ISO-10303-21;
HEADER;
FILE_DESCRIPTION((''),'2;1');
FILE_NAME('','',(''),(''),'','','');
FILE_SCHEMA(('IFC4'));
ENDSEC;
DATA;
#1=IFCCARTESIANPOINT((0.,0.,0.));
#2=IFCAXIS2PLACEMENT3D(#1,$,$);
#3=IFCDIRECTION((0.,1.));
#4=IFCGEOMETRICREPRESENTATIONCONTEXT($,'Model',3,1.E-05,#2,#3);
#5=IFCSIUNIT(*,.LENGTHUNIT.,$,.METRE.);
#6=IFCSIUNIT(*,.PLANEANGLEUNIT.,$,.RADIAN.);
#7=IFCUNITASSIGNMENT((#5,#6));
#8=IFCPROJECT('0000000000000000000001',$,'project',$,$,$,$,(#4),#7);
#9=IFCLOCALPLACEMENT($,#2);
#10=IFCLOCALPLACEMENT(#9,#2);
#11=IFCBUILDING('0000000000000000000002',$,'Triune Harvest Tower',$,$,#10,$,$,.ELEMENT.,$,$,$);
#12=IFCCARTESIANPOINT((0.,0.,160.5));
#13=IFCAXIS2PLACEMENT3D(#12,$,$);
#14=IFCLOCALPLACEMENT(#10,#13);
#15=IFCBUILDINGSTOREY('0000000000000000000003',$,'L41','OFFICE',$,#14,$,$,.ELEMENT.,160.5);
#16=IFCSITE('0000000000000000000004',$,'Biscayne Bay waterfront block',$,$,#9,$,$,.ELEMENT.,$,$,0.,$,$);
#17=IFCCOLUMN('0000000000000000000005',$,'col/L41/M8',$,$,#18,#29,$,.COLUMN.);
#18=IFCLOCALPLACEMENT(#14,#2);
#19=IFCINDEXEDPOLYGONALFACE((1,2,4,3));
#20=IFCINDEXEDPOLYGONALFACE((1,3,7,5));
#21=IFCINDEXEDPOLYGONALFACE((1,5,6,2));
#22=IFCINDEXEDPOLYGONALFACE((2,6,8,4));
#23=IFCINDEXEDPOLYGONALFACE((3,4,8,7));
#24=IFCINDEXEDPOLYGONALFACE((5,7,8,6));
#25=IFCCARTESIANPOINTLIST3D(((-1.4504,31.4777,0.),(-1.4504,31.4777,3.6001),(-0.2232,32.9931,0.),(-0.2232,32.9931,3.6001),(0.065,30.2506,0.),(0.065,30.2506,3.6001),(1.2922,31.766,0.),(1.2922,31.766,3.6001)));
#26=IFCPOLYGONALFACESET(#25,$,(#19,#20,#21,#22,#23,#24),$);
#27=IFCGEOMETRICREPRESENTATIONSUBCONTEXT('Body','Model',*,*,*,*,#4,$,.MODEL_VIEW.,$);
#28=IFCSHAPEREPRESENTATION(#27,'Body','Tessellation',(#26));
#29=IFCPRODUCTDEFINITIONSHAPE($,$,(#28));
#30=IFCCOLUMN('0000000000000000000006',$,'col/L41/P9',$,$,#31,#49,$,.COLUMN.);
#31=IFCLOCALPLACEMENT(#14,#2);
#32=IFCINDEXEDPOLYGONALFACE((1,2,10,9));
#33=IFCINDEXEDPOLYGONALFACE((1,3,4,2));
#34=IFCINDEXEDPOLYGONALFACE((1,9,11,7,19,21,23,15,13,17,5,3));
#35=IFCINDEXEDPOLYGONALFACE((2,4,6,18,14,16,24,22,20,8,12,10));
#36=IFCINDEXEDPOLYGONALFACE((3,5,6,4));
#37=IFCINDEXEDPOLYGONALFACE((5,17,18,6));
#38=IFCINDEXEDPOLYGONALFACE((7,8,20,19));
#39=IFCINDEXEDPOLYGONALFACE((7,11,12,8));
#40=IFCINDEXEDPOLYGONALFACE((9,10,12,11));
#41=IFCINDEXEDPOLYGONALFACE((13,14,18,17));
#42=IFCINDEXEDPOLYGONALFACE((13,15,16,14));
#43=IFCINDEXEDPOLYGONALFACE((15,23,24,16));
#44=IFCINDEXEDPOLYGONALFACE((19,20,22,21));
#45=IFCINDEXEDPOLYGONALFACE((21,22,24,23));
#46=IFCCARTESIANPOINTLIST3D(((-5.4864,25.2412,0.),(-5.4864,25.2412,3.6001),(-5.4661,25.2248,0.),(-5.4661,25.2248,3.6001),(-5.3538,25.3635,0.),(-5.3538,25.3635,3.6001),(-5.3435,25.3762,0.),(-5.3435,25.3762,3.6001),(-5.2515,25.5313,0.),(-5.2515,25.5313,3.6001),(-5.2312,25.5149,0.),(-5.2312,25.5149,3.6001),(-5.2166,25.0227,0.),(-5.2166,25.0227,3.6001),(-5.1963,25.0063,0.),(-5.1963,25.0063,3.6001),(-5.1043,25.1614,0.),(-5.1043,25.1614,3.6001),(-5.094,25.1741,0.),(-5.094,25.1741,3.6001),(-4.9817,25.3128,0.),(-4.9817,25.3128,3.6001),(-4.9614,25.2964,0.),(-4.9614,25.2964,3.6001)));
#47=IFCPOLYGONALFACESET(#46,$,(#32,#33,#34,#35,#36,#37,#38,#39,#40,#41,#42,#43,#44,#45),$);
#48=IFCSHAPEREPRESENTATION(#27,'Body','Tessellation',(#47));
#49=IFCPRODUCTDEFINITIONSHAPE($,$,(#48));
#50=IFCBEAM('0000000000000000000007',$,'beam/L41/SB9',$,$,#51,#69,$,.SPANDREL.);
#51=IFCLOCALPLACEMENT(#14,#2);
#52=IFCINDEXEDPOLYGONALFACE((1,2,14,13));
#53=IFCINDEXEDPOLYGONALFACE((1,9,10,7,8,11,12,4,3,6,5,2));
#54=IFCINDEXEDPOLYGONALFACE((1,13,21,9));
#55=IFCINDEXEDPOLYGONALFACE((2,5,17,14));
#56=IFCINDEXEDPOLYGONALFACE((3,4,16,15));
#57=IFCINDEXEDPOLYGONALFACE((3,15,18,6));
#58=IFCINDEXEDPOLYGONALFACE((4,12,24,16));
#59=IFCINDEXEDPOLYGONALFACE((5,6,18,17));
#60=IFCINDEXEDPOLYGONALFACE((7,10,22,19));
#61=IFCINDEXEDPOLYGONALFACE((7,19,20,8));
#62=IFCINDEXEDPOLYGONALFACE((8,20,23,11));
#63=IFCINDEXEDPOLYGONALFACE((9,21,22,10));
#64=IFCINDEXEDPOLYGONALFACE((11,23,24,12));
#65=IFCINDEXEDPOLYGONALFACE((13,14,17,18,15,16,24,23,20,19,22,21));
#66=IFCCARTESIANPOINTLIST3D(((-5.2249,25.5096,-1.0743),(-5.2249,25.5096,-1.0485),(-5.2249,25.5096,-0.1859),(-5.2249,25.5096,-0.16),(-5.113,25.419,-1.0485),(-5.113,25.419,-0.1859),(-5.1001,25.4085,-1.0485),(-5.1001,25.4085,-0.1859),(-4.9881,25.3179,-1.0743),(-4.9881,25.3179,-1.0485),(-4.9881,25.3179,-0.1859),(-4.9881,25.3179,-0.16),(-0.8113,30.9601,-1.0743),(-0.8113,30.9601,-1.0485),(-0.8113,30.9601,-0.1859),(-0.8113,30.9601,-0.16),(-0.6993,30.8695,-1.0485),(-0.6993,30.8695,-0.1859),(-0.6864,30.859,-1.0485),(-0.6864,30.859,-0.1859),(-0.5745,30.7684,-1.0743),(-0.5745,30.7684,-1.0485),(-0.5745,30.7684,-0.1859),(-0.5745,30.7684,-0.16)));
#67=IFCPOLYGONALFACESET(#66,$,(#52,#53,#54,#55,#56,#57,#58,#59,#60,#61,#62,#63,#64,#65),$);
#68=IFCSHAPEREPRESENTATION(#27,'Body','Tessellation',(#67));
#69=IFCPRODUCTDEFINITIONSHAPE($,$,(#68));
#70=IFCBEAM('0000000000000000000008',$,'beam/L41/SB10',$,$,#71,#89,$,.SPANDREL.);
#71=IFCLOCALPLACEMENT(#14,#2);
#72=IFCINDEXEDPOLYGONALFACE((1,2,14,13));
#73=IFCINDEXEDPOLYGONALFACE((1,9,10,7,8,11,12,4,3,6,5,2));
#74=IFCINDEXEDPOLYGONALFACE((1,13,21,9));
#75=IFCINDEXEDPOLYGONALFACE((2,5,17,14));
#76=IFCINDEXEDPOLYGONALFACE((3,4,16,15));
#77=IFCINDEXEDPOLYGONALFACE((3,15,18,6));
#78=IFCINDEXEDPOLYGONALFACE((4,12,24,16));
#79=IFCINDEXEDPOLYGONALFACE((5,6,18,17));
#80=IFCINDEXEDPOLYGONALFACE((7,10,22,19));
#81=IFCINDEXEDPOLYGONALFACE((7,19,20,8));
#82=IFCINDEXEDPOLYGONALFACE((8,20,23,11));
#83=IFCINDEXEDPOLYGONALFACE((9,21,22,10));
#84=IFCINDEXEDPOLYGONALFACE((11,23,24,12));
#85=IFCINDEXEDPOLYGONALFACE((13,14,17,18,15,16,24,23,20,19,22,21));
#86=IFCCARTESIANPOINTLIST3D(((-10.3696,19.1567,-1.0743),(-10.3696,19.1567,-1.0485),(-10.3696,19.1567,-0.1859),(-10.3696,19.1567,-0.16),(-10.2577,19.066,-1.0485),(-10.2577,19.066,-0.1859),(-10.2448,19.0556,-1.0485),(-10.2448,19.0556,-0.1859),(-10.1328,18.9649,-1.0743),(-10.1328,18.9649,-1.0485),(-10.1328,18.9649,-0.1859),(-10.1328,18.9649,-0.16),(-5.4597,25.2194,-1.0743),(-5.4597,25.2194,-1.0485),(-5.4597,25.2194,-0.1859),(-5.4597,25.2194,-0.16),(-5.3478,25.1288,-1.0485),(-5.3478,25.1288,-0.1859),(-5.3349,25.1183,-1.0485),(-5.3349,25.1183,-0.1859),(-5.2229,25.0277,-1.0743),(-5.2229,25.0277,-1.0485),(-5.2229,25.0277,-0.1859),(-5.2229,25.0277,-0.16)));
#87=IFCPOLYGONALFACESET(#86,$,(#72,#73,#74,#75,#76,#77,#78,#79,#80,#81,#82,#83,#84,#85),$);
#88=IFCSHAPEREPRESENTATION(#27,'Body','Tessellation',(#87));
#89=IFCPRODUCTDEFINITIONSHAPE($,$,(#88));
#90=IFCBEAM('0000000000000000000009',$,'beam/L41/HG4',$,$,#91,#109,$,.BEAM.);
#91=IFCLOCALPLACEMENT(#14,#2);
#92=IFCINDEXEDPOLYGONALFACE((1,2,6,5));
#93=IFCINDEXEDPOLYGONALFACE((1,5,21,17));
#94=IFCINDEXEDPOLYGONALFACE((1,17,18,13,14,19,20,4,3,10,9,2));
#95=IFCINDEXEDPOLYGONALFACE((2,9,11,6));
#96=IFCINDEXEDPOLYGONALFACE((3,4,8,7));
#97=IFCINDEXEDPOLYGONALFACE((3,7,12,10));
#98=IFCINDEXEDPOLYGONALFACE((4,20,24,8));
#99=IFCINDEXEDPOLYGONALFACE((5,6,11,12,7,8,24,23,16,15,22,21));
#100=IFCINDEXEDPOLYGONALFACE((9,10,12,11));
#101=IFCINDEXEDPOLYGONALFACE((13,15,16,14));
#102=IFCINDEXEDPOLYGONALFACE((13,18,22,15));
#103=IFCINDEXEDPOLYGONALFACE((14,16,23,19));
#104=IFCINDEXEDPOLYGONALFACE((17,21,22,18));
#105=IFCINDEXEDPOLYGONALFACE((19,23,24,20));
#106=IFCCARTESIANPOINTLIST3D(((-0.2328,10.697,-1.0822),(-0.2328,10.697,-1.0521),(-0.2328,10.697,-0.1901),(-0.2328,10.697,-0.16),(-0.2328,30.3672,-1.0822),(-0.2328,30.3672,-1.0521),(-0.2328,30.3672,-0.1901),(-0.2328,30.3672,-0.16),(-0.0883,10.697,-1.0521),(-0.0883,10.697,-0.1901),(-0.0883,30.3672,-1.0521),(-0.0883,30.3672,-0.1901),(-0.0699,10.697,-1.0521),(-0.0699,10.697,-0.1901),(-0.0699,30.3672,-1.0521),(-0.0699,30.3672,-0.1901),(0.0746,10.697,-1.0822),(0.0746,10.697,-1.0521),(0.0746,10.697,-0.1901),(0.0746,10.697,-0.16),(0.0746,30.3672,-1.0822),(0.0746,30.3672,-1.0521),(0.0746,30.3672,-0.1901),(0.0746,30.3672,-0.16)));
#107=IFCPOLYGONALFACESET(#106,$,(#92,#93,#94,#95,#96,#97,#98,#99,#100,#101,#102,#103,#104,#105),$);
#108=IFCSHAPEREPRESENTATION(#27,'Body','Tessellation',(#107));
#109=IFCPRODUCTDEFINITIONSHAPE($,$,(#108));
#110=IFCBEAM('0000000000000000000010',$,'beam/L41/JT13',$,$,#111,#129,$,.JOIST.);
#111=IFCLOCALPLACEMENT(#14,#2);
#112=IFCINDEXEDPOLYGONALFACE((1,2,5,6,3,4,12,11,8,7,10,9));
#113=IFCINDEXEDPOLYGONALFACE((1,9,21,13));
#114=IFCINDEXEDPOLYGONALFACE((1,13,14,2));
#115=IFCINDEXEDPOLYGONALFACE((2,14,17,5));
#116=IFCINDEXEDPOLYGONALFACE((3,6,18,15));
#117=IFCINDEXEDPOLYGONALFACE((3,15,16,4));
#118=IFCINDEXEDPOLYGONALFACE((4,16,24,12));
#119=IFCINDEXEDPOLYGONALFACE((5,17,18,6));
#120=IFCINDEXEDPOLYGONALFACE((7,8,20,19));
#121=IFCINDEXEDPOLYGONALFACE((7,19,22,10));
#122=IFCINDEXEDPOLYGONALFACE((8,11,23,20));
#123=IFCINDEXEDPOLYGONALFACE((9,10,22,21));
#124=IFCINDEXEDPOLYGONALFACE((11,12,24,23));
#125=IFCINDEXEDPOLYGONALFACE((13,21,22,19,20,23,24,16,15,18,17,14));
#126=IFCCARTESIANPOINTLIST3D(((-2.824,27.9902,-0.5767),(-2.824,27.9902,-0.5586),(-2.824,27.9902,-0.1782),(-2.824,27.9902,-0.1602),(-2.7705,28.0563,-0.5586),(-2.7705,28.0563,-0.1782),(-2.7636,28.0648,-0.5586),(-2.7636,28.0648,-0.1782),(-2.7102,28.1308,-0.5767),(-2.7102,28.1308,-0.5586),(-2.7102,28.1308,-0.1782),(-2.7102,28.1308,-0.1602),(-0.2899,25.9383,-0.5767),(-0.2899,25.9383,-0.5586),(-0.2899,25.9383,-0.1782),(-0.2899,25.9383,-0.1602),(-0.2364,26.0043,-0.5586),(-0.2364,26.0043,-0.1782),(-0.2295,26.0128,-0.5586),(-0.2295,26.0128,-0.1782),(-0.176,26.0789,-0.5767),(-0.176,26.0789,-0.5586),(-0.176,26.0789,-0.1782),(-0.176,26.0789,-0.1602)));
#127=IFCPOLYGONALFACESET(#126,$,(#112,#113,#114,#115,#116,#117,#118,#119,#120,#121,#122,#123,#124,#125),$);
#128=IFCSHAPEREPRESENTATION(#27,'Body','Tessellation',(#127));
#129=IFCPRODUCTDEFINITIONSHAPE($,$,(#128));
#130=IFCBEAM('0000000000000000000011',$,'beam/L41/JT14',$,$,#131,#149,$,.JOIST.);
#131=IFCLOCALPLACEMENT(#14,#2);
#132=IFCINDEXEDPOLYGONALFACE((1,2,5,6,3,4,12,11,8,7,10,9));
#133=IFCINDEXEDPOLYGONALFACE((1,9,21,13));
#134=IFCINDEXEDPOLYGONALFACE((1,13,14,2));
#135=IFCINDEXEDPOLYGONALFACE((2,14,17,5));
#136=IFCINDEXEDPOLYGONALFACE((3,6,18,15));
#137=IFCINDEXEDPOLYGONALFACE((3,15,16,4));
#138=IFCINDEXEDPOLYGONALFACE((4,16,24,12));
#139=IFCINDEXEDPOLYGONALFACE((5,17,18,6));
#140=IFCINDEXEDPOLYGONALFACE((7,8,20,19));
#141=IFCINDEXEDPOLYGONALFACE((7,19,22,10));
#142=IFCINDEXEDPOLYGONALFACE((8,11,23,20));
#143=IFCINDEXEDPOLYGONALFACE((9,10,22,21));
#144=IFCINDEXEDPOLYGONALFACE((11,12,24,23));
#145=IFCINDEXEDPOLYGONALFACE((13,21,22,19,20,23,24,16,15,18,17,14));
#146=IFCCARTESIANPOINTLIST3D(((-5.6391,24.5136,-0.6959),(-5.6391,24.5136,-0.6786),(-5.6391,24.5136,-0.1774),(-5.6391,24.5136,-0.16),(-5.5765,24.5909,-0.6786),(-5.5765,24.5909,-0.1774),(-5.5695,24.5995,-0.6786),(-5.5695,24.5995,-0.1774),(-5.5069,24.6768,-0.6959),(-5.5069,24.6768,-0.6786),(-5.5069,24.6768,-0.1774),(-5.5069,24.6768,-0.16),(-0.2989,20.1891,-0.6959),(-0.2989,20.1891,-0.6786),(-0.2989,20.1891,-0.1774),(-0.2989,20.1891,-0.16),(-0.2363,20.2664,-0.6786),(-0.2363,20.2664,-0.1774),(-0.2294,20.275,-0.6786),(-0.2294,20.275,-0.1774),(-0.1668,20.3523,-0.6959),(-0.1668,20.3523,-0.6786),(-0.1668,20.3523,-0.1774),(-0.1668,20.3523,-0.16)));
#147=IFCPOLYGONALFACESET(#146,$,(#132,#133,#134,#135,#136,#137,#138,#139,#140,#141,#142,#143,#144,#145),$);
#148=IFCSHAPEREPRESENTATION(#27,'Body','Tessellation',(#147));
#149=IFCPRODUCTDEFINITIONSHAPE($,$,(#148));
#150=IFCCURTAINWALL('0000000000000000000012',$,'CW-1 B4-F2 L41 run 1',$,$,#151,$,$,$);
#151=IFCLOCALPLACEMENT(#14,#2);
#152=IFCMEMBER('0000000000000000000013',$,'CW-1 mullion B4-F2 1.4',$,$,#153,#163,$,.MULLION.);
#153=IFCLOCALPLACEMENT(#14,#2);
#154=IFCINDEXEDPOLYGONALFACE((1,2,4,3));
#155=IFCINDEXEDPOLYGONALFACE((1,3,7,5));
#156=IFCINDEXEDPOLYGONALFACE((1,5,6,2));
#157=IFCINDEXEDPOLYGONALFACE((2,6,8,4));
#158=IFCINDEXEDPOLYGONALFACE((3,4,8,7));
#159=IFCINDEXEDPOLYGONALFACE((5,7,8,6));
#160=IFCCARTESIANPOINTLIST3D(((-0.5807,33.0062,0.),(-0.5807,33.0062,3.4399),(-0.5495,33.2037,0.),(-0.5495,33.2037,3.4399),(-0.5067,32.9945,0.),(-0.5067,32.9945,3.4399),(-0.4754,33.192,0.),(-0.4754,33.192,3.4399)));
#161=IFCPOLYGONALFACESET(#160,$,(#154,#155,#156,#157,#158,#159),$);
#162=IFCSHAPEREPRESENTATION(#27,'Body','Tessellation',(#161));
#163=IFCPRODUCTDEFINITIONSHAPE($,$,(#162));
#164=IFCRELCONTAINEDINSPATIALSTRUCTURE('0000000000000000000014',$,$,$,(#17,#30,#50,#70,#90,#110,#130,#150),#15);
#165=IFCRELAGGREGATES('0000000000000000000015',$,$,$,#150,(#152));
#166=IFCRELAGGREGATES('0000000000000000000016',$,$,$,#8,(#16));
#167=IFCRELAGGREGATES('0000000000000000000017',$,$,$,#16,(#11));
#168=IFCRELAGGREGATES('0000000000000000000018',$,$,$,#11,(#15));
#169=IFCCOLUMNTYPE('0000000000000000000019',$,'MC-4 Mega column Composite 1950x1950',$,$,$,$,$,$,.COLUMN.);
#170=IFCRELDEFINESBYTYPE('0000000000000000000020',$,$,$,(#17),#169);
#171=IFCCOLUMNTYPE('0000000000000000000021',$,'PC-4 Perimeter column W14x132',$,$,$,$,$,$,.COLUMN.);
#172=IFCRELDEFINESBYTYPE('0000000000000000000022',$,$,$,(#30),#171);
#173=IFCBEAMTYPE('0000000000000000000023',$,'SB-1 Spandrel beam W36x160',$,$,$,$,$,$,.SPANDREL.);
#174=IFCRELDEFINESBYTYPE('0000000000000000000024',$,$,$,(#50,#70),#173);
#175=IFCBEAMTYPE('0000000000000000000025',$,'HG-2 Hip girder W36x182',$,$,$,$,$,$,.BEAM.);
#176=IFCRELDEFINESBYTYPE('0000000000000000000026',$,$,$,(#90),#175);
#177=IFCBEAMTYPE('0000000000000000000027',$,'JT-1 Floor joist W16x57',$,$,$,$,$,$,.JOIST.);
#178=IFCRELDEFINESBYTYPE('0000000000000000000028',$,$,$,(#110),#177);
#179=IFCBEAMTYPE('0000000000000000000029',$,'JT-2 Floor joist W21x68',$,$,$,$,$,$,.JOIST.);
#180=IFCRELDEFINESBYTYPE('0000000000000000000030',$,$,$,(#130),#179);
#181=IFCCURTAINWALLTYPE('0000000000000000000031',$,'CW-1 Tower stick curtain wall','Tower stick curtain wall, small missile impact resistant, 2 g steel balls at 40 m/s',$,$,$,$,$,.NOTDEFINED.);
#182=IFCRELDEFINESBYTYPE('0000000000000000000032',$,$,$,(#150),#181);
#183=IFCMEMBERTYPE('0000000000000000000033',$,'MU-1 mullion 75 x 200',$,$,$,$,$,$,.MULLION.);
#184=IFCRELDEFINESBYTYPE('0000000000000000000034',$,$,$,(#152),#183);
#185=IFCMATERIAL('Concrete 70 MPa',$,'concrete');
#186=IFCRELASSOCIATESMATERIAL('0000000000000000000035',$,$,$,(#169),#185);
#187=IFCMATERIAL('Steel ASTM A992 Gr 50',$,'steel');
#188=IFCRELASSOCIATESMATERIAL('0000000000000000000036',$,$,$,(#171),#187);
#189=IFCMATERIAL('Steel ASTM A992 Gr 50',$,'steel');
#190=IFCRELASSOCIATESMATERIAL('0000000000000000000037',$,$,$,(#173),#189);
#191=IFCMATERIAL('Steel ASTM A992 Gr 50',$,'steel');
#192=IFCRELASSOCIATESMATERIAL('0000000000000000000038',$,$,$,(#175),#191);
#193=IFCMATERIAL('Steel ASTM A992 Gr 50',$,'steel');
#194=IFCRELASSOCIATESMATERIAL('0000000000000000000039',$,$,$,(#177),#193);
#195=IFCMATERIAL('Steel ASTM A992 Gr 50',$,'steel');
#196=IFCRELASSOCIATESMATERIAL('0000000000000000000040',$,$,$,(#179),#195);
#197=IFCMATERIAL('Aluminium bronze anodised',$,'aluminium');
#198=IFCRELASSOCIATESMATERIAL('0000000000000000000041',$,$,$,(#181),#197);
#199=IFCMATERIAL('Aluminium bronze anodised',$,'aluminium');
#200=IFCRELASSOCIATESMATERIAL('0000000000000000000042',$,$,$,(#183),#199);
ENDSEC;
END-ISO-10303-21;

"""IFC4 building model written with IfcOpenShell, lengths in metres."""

from ifc_helpers import new_model, si_unit, direction, frame, origin, origin_2d, place, context, subcontext, project, spatial, rectangle, i_section, extrude, source, transform, mapped, material, material_profile, profile_set, type_object, element, aggregate, save


model = new_model("IFC4")

# Units and contexts
model_context = context("Model", 3, precision=1e-05, world=origin(), true_north=direction((0.0, 1.0)))
body_context = subcontext(model_context, "Body", "Model", "MODEL_VIEW")
ifc_project = project(units=[si_unit("LENGTHUNIT", "METRE"), si_unit("PLANEANGLEUNIT", "RADIAN")], contexts=[model_context])

# Site, building, storey
site_placement = place(None, origin())
site = spatial("IfcSite", under=ifc_project, at=site_placement, Name="Biscayne Bay waterfront block", CompositionType="ELEMENT", RefElevation=0.0)
building_placement = place(site_placement, origin())
building = spatial("IfcBuilding", under=site, at=building_placement, Name="Triune Harvest Tower", CompositionType="ELEMENT")
storey_placement = place(building_placement, frame((0.0, 0.0, 160.5)))
storey = spatial("IfcBuildingStorey", under=building, at=storey_placement, Name="L41", Description="OFFICE", CompositionType="ELEMENT", Elevation=160.5)

# Columns
ifc_material_1 = material(Name="Concrete 70 MPa", Category="concrete")
ifc_material_profile_1 = material_profile(ifc_material_1, rectangle(XDim=1.95, YDim=1.95, at=origin_2d()), Name="Composite 1950x1950")
ifc_profile_set_1 = profile_set([ifc_material_profile_1], Name="Concrete 70 MPa")
column_type_1 = type_object("IfcColumnType", Name="MC-4 Mega column Composite 1950x1950", PredefinedType="COLUMN", material=ifc_profile_set_1)
shared_shape_1 = source(origin(), body_context, "Body", "SweptSolid", [
    extrude(rectangle(XDim=1.95, YDim=1.95, at=origin_2d()), origin(), (0.0, 0.0, 1.0), 3.6001),
])
column_1_placement = place(storey_placement, frame((-0.0791, 31.6218, 0.0), z_axis=(0.0, 0.0, 1.0), x_axis=(-0.629322, -0.777145, 0.0)))
element("IfcColumn", 1, at=column_1_placement, inside=storey, type_object=column_type_1, Name="col/L41/M8", PredefinedType="COLUMN", context=body_context, shape_type="MappedRepresentation", body=[
    mapped(shared_shape_1, transform((0.0, 0.0, 0.0), scale=1.0)),
])
ifc_material_2 = material(Name="Steel ASTM A992 Gr 50", Category="steel")
ifc_material_profile_2 = material_profile(ifc_material_2, i_section(OverallWidth=0.3733, OverallDepth=0.3733, WebThickness=0.0164, FlangeThickness=0.0261, at=origin_2d()), Name="W14x132")
ifc_profile_set_2 = profile_set([ifc_material_profile_2], Name="Steel ASTM A992 Gr 50")
column_type_2 = type_object("IfcColumnType", Name="PC-4 Perimeter column W14x132", PredefinedType="COLUMN", material=ifc_profile_set_2)
shared_shape_2 = source(origin(), body_context, "Body", "SweptSolid", [
    extrude(i_section(OverallWidth=0.3733, OverallDepth=0.3733, WebThickness=0.0164, FlangeThickness=0.0261, at=origin_2d()), origin(), (0.0, 0.0, 1.0), 3.6001),
])
column_2_placement = place(storey_placement, frame((-5.2239, 25.2688, 0.0), z_axis=(0.0, 0.0, 1.0), x_axis=(-0.629322, -0.777145, 0.0)))
element("IfcColumn", 2, at=column_2_placement, inside=storey, type_object=column_type_2, Name="col/L41/P9", PredefinedType="COLUMN", context=body_context, shape_type="MappedRepresentation", body=[
    mapped(shared_shape_2, transform((0.0, 0.0, 0.0), scale=1.0)),
])

# Beams
ifc_material_3 = material(Name="Steel ASTM A992 Gr 50", Category="steel")
ifc_material_profile_3 = material_profile(ifc_material_3, i_section(OverallWidth=0.3047, OverallDepth=0.9143, WebThickness=0.0166, FlangeThickness=0.0259, at=origin_2d()), Name="W36x160")
ifc_profile_set_3 = profile_set([ifc_material_profile_3], Name="Steel ASTM A992 Gr 50")
beam_type_1 = type_object("IfcBeamType", Name="SB-1 Spandrel beam W36x160", PredefinedType="SPANDREL", material=ifc_profile_set_3)
shared_shape_3 = source(origin(), body_context, "Body", "SweptSolid", [
    extrude(i_section(OverallWidth=0.3047, OverallDepth=0.9143, WebThickness=0.0166, FlangeThickness=0.0259, at=origin_2d()), origin(), (0.0, 0.0, 1.0), 7.0134),
])
beam_1_placement = place(storey_placement, frame((-0.6929, 30.8643, -0.6172), z_axis=(-0.629311, -0.777153, 0.0), x_axis=(0.777153, -0.629311, 0.0)))
element("IfcBeam", 3, at=beam_1_placement, inside=storey, type_object=beam_type_1, Name="beam/L41/SB9", PredefinedType="SPANDREL", context=body_context, shape_type="MappedRepresentation", body=[
    mapped(shared_shape_3, transform((0.0, 0.0, 0.0), scale=1.0)),
])
shared_shape_4 = source(origin(), body_context, "Body", "SweptSolid", [
    extrude(i_section(OverallWidth=0.3047, OverallDepth=0.9143, WebThickness=0.0166, FlangeThickness=0.0259, at=origin_2d()), origin(), (0.0, 0.0, 1.0), 7.8015),
])
beam_2_placement = place(storey_placement, frame((-5.3413, 25.1235, -0.6172), z_axis=(-0.629351, -0.777121, 0.0), x_axis=(0.777121, -0.629351, 0.0)))
element("IfcBeam", 4, at=beam_2_placement, inside=storey, type_object=beam_type_1, Name="beam/L41/SB10", PredefinedType="SPANDREL", context=body_context, shape_type="MappedRepresentation", body=[
    mapped(shared_shape_4, transform((0.0, 0.0, 0.0), scale=1.0)),
])
ifc_material_4 = material(Name="Steel ASTM A992 Gr 50", Category="steel")
ifc_material_profile_4 = material_profile(ifc_material_4, i_section(OverallWidth=0.3074, OverallDepth=0.9221, WebThickness=0.0183, FlangeThickness=0.03, at=origin_2d()), Name="W36x182")
ifc_profile_set_4 = profile_set([ifc_material_profile_4], Name="Steel ASTM A992 Gr 50")
beam_type_2 = type_object("IfcBeamType", Name="HG-2 Hip girder W36x182", PredefinedType="BEAM", material=ifc_profile_set_4)
shared_shape_5 = source(origin(), body_context, "Body", "SweptSolid", [
    extrude(i_section(OverallWidth=0.3074, OverallDepth=0.9221, WebThickness=0.0183, FlangeThickness=0.03, at=origin_2d()), origin(), (0.0, 0.0, 1.0), 19.6702),
])
beam_3_placement = place(storey_placement, frame((-0.0791, 30.3672, -0.6211), z_axis=(0.0, -1.0, 0.0), x_axis=(1.0, 0.0, 0.0)))
element("IfcBeam", 5, at=beam_3_placement, inside=storey, type_object=beam_type_2, Name="beam/L41/HG4", PredefinedType="BEAM", context=body_context, shape_type="MappedRepresentation", body=[
    mapped(shared_shape_5, transform((0.0, 0.0, 0.0), scale=1.0)),
])
ifc_material_5 = material(Name="Steel ASTM A992 Gr 50", Category="steel")
ifc_material_profile_5 = material_profile(ifc_material_5, i_section(OverallWidth=0.1809, OverallDepth=0.4165, WebThickness=0.011, FlangeThickness=0.0181, at=origin_2d()), Name="W16x57")
ifc_profile_set_5 = profile_set([ifc_material_profile_5], Name="Steel ASTM A992 Gr 50")
beam_type_3 = type_object("IfcBeamType", Name="JT-1 Floor joist W16x57", PredefinedType="JOIST", material=ifc_profile_set_5)
shared_shape_6 = source(origin(), body_context, "Body", "SweptSolid", [
    extrude(i_section(OverallWidth=0.1809, OverallDepth=0.4165, WebThickness=0.011, FlangeThickness=0.0181, at=origin_2d()), origin(), (0.0, 0.0, 1.0), 3.2607),
])
beam_4_placement = place(storey_placement, frame((-2.7671, 28.0605, -0.3684), z_axis=(0.777166, -0.629295, 0.0), x_axis=(0.629295, 0.777166, 0.0)))
element("IfcBeam", 6, at=beam_4_placement, inside=storey, type_object=beam_type_3, Name="beam/L41/JT13", PredefinedType="JOIST", context=body_context, shape_type="MappedRepresentation", body=[
    mapped(shared_shape_6, transform((0.0, 0.0, 0.0), scale=1.0)),
])
ifc_material_6 = material(Name="Steel ASTM A992 Gr 50", Category="steel")
ifc_material_profile_6 = material_profile(ifc_material_6, i_section(OverallWidth=0.21, OverallDepth=0.5359, WebThickness=0.011, FlangeThickness=0.0173, at=origin_2d()), Name="W21x68")
ifc_profile_set_6 = profile_set([ifc_material_profile_6], Name="Steel ASTM A992 Gr 50")
beam_type_4 = type_object("IfcBeamType", Name="JT-2 Floor joist W21x68", PredefinedType="JOIST", material=ifc_profile_set_6)
shared_shape_7 = source(origin(), body_context, "Body", "SweptSolid", [
    extrude(i_section(OverallWidth=0.21, OverallDepth=0.5359, WebThickness=0.011, FlangeThickness=0.0173, at=origin_2d()), origin(), (0.0, 0.0, 1.0), 6.8716),
])
beam_5_placement = place(storey_placement, frame((-5.573, 24.5952, -0.428), z_axis=(0.777136, -0.629333, 0.0), x_axis=(0.629333, 0.777136, 0.0)))
element("IfcBeam", 7, at=beam_5_placement, inside=storey, type_object=beam_type_4, Name="beam/L41/JT14", PredefinedType="JOIST", context=body_context, shape_type="MappedRepresentation", body=[
    mapped(shared_shape_7, transform((0.0, 0.0, 0.0), scale=1.0)),
])

# Curtain wall, member
ifc_material_7 = material(Name="Aluminium bronze anodised", Category="aluminium")
curtain_wall_type_1 = type_object("IfcCurtainWallType", Name="CW-1 Tower stick curtain wall", Description="Tower stick curtain wall, small missile impact resistant, 2 g steel balls at 40 m/s", PredefinedType="NOTDEFINED", material=ifc_material_7)
curtain_wall_1_placement = place(storey_placement, origin())
curtain_wall_1 = element("IfcCurtainWall", 8, at=curtain_wall_1_placement, inside=storey, type_object=curtain_wall_type_1, Name="CW-1 B4-F2 L41 run 1")
ifc_material_8 = material(Name="Aluminium bronze anodised", Category="aluminium")
ifc_material_profile_7 = material_profile(ifc_material_8, rectangle(XDim=0.2, YDim=0.075, at=origin_2d()), Name="MU-1 mullion 75 x 200")
ifc_profile_set_7 = profile_set([ifc_material_profile_7], Name="Aluminium bronze anodised")
member_type_1 = type_object("IfcMemberType", Name="MU-1 mullion 75 x 200", PredefinedType="MULLION", material=ifc_profile_set_7)
shared_shape_8 = source(origin(), body_context, "Body", "SweptSolid", [
    extrude(rectangle(XDim=0.2, YDim=0.075, at=origin_2d()), origin(), (0.0, 0.0, 1.0), 3.4399),
])
member_1_placement = place(storey_placement, frame((-0.5281, 33.0991, 0.0), z_axis=(0.0, 0.0, 1.0), x_axis=(-0.156433, -0.987689, 0.0)))
member_1 = element("IfcMember", 9, at=member_1_placement, type_object=member_type_1, Name="CW-1 mullion B4-F2 1.4", PredefinedType="MULLION", context=body_context, shape_type="MappedRepresentation", body=[
    mapped(shared_shape_8, transform((0.0, 0.0, 0.0), scale=1.0)),
])
aggregate(curtain_wall_1, [member_1])

save(model, "model.ifc")
